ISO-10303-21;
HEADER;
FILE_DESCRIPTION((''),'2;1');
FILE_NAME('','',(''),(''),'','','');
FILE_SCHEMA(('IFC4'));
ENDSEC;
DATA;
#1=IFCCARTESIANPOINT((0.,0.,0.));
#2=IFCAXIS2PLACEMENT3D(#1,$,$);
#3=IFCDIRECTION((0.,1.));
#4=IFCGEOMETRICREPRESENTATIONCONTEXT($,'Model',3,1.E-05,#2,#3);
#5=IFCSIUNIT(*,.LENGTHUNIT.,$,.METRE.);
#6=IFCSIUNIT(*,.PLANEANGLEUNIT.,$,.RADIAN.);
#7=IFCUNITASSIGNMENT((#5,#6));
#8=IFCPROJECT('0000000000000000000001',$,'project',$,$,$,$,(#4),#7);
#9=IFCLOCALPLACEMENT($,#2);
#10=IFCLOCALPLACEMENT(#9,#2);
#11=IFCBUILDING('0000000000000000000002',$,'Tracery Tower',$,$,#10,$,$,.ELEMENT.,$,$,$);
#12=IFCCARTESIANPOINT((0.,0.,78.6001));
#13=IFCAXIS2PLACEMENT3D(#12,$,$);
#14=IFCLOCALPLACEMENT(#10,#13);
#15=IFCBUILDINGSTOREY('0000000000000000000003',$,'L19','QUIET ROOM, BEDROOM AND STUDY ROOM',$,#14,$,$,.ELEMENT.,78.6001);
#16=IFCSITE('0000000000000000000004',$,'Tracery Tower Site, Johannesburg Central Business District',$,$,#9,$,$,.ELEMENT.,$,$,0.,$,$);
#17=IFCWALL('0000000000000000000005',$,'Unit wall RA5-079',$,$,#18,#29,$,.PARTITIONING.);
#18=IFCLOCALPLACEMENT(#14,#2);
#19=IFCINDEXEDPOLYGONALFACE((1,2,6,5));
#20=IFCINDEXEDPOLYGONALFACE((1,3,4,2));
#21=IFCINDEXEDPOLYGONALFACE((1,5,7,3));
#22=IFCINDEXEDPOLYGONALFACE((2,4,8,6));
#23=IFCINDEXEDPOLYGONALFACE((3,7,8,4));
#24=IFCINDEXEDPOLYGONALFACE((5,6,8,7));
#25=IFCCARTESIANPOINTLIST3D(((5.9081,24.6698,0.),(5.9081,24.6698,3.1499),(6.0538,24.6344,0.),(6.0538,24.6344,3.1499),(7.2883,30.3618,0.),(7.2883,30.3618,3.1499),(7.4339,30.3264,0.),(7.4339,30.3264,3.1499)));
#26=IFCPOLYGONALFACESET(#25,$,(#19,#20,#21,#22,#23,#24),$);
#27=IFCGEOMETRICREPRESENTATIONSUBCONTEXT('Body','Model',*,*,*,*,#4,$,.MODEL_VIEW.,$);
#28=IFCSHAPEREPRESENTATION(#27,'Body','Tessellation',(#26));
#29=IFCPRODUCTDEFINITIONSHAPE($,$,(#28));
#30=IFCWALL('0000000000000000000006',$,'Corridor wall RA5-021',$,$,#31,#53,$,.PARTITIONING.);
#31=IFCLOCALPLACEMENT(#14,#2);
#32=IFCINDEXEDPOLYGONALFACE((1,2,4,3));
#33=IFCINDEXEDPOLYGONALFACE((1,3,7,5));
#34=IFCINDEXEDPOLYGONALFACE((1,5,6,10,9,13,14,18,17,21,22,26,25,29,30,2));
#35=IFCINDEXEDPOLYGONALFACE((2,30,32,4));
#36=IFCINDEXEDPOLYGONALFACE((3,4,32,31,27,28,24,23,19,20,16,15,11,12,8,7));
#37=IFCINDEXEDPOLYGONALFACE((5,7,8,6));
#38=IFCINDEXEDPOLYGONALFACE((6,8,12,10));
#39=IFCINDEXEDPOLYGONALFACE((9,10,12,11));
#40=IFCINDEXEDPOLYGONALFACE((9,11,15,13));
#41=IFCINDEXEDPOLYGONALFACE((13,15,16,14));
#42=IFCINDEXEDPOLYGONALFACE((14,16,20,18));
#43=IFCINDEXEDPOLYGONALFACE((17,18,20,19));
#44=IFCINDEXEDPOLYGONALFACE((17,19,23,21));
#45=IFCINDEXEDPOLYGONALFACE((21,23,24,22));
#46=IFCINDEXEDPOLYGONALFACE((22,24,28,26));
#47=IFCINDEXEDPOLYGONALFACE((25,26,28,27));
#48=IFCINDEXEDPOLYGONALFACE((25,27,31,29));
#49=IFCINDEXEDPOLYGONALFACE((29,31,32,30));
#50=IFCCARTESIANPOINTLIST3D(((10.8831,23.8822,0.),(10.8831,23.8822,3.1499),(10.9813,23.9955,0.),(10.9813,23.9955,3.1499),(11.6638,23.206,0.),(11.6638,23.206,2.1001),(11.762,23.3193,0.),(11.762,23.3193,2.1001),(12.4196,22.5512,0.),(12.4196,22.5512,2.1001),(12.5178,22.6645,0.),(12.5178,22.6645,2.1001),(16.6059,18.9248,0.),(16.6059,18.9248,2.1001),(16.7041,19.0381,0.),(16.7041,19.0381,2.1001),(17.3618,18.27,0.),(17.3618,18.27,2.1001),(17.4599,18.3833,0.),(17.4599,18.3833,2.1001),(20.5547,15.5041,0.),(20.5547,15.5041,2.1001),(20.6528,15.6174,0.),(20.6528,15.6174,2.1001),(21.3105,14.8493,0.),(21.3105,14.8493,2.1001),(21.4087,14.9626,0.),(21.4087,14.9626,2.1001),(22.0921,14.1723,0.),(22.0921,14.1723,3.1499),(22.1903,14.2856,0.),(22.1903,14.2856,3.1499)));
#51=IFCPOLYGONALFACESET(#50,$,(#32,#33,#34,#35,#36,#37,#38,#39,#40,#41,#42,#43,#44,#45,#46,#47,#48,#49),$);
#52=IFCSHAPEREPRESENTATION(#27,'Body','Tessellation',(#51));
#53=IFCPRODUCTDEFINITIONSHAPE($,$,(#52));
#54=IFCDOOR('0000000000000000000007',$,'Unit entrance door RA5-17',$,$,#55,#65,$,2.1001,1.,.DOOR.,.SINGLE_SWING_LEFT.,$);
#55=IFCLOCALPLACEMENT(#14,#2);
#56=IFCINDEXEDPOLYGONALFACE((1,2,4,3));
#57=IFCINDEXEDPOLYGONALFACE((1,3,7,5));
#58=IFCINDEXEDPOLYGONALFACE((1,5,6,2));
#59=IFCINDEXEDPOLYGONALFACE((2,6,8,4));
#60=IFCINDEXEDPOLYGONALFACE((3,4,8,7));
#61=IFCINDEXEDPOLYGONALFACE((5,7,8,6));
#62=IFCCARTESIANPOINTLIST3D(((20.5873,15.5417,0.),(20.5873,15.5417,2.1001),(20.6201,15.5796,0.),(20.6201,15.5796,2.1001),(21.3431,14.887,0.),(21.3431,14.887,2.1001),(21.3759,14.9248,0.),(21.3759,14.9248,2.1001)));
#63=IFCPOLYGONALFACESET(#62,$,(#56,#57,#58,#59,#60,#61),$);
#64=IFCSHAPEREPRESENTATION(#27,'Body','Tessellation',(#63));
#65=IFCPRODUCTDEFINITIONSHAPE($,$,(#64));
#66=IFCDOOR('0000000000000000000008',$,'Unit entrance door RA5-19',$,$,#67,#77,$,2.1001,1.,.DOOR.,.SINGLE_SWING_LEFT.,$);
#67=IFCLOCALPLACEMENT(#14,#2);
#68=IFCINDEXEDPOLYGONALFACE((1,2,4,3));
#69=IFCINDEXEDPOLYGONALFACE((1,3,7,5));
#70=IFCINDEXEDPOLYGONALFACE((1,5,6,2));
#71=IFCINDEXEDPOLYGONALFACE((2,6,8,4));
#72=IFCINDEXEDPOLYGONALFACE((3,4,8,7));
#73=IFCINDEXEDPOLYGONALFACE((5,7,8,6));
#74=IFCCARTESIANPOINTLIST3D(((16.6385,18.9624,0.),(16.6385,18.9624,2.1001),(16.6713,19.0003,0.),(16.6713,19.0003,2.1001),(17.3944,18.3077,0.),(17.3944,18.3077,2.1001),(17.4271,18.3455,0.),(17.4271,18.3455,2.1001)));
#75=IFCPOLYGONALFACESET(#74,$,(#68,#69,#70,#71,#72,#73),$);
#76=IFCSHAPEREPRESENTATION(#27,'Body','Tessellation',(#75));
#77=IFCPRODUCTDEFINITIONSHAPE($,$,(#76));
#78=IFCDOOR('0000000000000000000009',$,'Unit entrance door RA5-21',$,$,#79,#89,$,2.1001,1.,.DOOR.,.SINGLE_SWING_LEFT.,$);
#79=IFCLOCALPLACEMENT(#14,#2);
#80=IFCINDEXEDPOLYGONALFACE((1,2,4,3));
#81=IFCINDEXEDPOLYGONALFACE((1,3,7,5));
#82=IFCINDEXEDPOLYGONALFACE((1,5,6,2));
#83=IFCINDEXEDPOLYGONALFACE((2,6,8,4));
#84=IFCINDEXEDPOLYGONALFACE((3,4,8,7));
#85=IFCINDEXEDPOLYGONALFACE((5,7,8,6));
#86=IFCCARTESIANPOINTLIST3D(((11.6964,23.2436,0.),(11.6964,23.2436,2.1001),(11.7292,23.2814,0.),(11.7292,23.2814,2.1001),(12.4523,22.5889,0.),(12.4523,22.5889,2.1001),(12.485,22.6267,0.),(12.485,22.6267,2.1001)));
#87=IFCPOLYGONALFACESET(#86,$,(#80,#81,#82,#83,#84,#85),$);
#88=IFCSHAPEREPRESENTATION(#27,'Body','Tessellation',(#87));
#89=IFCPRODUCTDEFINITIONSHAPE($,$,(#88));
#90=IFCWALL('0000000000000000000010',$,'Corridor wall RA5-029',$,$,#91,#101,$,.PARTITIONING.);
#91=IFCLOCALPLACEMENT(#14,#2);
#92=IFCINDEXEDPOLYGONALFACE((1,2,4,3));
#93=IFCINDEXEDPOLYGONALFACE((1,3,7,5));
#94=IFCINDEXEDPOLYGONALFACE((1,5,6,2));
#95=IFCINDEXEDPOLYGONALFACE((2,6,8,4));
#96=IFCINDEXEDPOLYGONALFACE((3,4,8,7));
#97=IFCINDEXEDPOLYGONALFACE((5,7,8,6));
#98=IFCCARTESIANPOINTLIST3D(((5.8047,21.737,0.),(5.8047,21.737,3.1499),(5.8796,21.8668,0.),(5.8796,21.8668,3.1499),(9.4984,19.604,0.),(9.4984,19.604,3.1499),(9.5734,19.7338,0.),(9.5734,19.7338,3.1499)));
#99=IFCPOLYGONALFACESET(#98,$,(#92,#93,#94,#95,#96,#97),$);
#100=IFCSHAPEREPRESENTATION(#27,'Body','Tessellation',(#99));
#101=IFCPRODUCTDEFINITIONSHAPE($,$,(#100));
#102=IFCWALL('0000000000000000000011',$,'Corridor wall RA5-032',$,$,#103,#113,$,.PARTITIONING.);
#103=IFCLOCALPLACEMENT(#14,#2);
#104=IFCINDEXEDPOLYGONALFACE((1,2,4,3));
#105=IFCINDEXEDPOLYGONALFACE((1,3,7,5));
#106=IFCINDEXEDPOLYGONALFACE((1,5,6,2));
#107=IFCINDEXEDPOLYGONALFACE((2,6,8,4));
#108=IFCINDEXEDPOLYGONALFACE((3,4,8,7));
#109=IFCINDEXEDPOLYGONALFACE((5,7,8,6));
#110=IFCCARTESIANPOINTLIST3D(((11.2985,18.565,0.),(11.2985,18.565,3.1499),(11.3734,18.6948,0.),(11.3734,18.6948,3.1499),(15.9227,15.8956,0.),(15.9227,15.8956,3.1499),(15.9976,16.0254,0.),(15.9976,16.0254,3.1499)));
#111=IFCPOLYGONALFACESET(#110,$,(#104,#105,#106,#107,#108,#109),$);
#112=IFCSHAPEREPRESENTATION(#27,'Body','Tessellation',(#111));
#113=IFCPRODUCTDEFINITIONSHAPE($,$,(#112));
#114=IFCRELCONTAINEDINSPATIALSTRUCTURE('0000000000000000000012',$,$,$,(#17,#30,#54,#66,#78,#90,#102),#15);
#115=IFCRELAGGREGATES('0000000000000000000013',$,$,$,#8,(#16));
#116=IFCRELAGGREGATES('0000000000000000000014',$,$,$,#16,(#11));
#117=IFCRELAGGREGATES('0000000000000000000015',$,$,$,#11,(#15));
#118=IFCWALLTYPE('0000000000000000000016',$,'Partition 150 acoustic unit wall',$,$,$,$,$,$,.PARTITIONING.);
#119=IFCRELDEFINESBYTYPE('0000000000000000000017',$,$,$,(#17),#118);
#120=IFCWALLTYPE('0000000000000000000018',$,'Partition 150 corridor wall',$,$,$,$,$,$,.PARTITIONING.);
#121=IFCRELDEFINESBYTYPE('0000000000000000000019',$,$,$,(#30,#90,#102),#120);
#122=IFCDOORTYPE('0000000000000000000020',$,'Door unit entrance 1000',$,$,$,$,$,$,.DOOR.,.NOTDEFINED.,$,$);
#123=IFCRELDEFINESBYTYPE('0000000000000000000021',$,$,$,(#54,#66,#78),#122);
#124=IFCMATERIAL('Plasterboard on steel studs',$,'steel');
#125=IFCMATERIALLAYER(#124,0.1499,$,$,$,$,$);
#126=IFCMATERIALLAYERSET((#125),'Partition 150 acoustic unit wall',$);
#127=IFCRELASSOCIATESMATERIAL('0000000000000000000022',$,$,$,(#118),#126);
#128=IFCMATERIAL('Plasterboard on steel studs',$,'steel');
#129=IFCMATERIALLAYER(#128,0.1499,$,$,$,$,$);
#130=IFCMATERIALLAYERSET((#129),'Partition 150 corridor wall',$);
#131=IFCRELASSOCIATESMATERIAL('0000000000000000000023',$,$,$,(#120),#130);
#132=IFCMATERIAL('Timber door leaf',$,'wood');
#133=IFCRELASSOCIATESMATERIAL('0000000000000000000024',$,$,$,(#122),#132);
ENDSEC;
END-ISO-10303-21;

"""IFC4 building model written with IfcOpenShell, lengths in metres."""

from ifc_helpers import new_model, si_unit, direction, frame, frame_2d, origin, place, context, subcontext, project, spatial, rectangle, extrude, material, layer, layer_set, type_object, element, fill, save


model = new_model("IFC4")

# Units and contexts
model_context = context("Model", 3, precision=1e-05, world=origin(), true_north=direction((0.0, 1.0)))
body_context = subcontext(model_context, "Body", "Model", "MODEL_VIEW")
ifc_project = project(units=[si_unit("LENGTHUNIT", "METRE"), si_unit("PLANEANGLEUNIT", "RADIAN")], contexts=[model_context])

# Site, building, storey
site_placement = place(None, origin())
site = spatial("IfcSite", under=ifc_project, at=site_placement, Name="Tracery Tower Site, Johannesburg Central Business District", CompositionType="ELEMENT", RefElevation=0.0)
building_placement = place(site_placement, origin())
building = spatial("IfcBuilding", under=site, at=building_placement, Name="Tracery Tower", CompositionType="ELEMENT")
storey_placement = place(building_placement, frame((0.0, 0.0, 78.6001)))
storey = spatial("IfcBuildingStorey", under=building, at=storey_placement, Name="L19", Description="QUIET ROOM, BEDROOM AND STUDY ROOM", CompositionType="ELEMENT", Elevation=78.6001)

# Wall
ifc_material_1 = material(Name="Plasterboard on steel studs", Category="steel")
ifc_layer_1 = layer(ifc_material_1, 0.1499)
ifc_layer_set_1 = layer_set([ifc_layer_1], Name="Partition 150 acoustic unit wall")
wall_type_1 = type_object("IfcWallType", Name="Partition 150 acoustic unit wall", PredefinedType="PARTITIONING", material=ifc_layer_set_1)
wall_1_placement = place(storey_placement, frame((5.981, 24.6521, 0.0), z_axis=(0.0, 0.0, 1.0), x_axis=(0.235644, 0.971839, 0.0)))
element("IfcWall", 1, at=wall_1_placement, inside=storey, type_object=wall_type_1, Name="Unit wall RA5-079", PredefinedType="PARTITIONING", context=body_context, shape_type="SweptSolid", body=[
    extrude(rectangle(XDim=5.8569, YDim=0.1499, at=frame_2d((2.9285, 0.0))), origin(), (0.0, 0.0, 1.0), 3.1499),
])

# Wall, openings, doors
ifc_material_2 = material(Name="Plasterboard on steel studs", Category="steel")
ifc_layer_2 = layer(ifc_material_2, 0.1499)
ifc_layer_set_2 = layer_set([ifc_layer_2], Name="Partition 150 corridor wall")
wall_type_2 = type_object("IfcWallType", Name="Partition 150 corridor wall", PredefinedType="PARTITIONING", material=ifc_layer_set_2)
wall_2_placement = place(storey_placement, frame((10.9321, 23.939, 0.0), z_axis=(0.0, 0.0, 1.0), x_axis=(0.755839, -0.654758, 0.0)))
wall_2 = element("IfcWall", 2, at=wall_2_placement, inside=storey, type_object=wall_type_2, Name="Corridor wall RA5-021", PredefinedType="PARTITIONING", context=body_context, shape_type="SweptSolid", body=[
    extrude(rectangle(XDim=14.8298, YDim=0.1499, at=frame_2d((7.415, 0.0))), origin(), (0.0, 0.0, 1.0), 3.1499),
])
opening_1_placement = place(wall_2_placement, frame((12.7959, 0.0, 0.0)))
opening_1 = element("IfcOpeningElement", 3, at=opening_1_placement, cuts=wall_2, PredefinedType="OPENING", context=body_context, shape_type="SweptSolid", body=[
    extrude(rectangle(XDim=1.0, YDim=2.1001, at=frame_2d((0.5, 1.05))), frame((0.0, 0.075, 0.0), z_axis=(0.0, -1.0, 0.0), x_axis=(1.0, 0.0, 0.0)), (0.0, 0.0, 1.0), 0.1499),
])
opening_2_placement = place(wall_2_placement, frame((7.5715, 0.0, 0.0)))
opening_2 = element("IfcOpeningElement", 4, at=opening_2_placement, cuts=wall_2, PredefinedType="OPENING", context=body_context, shape_type="SweptSolid", body=[
    extrude(rectangle(XDim=1.0, YDim=2.1001, at=frame_2d((0.5, 1.05))), frame((0.0, 0.075, 0.0), z_axis=(0.0, -1.0, 0.0), x_axis=(1.0, 0.0, 0.0)), (0.0, 0.0, 1.0), 0.1499),
])
opening_3_placement = place(wall_2_placement, frame((1.033, 0.0, 0.0)))
opening_3 = element("IfcOpeningElement", 5, at=opening_3_placement, cuts=wall_2, PredefinedType="OPENING", context=body_context, shape_type="SweptSolid", body=[
    extrude(rectangle(XDim=1.0, YDim=2.1001, at=frame_2d((0.5, 1.05))), frame((0.0, 0.075, 0.0), z_axis=(0.0, -1.0, 0.0), x_axis=(1.0, 0.0, 0.0)), (0.0, 0.0, 1.0), 0.1499),
])
ifc_material_3 = material(Name="Timber door leaf", Category="wood")
door_type_1 = type_object("IfcDoorType", Name="Door unit entrance 1000", OperationType="NOTDEFINED", PredefinedType="DOOR", material=ifc_material_3)
door_1_placement = place(opening_1_placement, origin())
door_1 = element("IfcDoor", 6, at=door_1_placement, inside=storey, type_object=door_type_1, Name="Unit entrance door RA5-17", OperationType="SINGLE_SWING_LEFT", OverallHeight=2.1001, OverallWidth=1.0, PredefinedType="DOOR", context=body_context, shape_type="SweptSolid", body=[
    extrude(rectangle(XDim=1.0, YDim=2.1001, at=frame_2d((0.5, 1.05))), frame((0.0, 0.0249, 0.0), z_axis=(0.0, -1.0, 0.0), x_axis=(1.0, 0.0, 0.0)), (0.0, 0.0, 1.0), 0.05),
])
fill(opening_1, door_1)
door_2_placement = place(opening_2_placement, origin())
door_2 = element("IfcDoor", 7, at=door_2_placement, inside=storey, type_object=door_type_1, Name="Unit entrance door RA5-19", OperationType="SINGLE_SWING_LEFT", OverallHeight=2.1001, OverallWidth=1.0, PredefinedType="DOOR", context=body_context, shape_type="SweptSolid", body=[
    extrude(rectangle(XDim=1.0, YDim=2.1001, at=frame_2d((0.5, 1.05))), frame((0.0, 0.0249, 0.0), z_axis=(0.0, -1.0, 0.0), x_axis=(1.0, 0.0, 0.0)), (0.0, 0.0, 1.0), 0.05),
])
fill(opening_2, door_2)
door_3_placement = place(opening_3_placement, origin())
door_3 = element("IfcDoor", 8, at=door_3_placement, inside=storey, type_object=door_type_1, Name="Unit entrance door RA5-21", OperationType="SINGLE_SWING_LEFT", OverallHeight=2.1001, OverallWidth=1.0, PredefinedType="DOOR", context=body_context, shape_type="SweptSolid", body=[
    extrude(rectangle(XDim=1.0, YDim=2.1001, at=frame_2d((0.5, 1.05))), frame((0.0, 0.0249, 0.0), z_axis=(0.0, -1.0, 0.0), x_axis=(1.0, 0.0, 0.0)), (0.0, 0.0, 1.0), 0.05),
])
fill(opening_3, door_3)

# Walls
wall_3_placement = place(storey_placement, frame((5.842, 21.802, 0.0), z_axis=(0.0, 0.0, 1.0), x_axis=(0.865984, -0.500073, 0.0)))
element("IfcWall", 9, at=wall_3_placement, inside=storey, type_object=wall_type_2, Name="Corridor wall RA5-029", PredefinedType="PARTITIONING", context=body_context, shape_type="SweptSolid", body=[
    extrude(rectangle(XDim=4.2654, YDim=0.1499, at=frame_2d((2.1328, 0.0))), origin(), (0.0, 0.0, 1.0), 3.1499),
])
wall_4_placement = place(storey_placement, frame((11.3359, 18.6299, 0.0), z_axis=(0.0, 0.0, 1.0), x_axis=(0.866057, -0.499945, 0.0)))
element("IfcWall", 10, at=wall_4_placement, inside=storey, type_object=wall_type_2, Name="Corridor wall RA5-032", PredefinedType="PARTITIONING", context=body_context, shape_type="SweptSolid", body=[
    extrude(rectangle(XDim=5.3394, YDim=0.1499, at=frame_2d((2.6697, 0.0))), origin(), (0.0, 0.0, 1.0), 3.1499),
])

save(model, "model.ifc")
